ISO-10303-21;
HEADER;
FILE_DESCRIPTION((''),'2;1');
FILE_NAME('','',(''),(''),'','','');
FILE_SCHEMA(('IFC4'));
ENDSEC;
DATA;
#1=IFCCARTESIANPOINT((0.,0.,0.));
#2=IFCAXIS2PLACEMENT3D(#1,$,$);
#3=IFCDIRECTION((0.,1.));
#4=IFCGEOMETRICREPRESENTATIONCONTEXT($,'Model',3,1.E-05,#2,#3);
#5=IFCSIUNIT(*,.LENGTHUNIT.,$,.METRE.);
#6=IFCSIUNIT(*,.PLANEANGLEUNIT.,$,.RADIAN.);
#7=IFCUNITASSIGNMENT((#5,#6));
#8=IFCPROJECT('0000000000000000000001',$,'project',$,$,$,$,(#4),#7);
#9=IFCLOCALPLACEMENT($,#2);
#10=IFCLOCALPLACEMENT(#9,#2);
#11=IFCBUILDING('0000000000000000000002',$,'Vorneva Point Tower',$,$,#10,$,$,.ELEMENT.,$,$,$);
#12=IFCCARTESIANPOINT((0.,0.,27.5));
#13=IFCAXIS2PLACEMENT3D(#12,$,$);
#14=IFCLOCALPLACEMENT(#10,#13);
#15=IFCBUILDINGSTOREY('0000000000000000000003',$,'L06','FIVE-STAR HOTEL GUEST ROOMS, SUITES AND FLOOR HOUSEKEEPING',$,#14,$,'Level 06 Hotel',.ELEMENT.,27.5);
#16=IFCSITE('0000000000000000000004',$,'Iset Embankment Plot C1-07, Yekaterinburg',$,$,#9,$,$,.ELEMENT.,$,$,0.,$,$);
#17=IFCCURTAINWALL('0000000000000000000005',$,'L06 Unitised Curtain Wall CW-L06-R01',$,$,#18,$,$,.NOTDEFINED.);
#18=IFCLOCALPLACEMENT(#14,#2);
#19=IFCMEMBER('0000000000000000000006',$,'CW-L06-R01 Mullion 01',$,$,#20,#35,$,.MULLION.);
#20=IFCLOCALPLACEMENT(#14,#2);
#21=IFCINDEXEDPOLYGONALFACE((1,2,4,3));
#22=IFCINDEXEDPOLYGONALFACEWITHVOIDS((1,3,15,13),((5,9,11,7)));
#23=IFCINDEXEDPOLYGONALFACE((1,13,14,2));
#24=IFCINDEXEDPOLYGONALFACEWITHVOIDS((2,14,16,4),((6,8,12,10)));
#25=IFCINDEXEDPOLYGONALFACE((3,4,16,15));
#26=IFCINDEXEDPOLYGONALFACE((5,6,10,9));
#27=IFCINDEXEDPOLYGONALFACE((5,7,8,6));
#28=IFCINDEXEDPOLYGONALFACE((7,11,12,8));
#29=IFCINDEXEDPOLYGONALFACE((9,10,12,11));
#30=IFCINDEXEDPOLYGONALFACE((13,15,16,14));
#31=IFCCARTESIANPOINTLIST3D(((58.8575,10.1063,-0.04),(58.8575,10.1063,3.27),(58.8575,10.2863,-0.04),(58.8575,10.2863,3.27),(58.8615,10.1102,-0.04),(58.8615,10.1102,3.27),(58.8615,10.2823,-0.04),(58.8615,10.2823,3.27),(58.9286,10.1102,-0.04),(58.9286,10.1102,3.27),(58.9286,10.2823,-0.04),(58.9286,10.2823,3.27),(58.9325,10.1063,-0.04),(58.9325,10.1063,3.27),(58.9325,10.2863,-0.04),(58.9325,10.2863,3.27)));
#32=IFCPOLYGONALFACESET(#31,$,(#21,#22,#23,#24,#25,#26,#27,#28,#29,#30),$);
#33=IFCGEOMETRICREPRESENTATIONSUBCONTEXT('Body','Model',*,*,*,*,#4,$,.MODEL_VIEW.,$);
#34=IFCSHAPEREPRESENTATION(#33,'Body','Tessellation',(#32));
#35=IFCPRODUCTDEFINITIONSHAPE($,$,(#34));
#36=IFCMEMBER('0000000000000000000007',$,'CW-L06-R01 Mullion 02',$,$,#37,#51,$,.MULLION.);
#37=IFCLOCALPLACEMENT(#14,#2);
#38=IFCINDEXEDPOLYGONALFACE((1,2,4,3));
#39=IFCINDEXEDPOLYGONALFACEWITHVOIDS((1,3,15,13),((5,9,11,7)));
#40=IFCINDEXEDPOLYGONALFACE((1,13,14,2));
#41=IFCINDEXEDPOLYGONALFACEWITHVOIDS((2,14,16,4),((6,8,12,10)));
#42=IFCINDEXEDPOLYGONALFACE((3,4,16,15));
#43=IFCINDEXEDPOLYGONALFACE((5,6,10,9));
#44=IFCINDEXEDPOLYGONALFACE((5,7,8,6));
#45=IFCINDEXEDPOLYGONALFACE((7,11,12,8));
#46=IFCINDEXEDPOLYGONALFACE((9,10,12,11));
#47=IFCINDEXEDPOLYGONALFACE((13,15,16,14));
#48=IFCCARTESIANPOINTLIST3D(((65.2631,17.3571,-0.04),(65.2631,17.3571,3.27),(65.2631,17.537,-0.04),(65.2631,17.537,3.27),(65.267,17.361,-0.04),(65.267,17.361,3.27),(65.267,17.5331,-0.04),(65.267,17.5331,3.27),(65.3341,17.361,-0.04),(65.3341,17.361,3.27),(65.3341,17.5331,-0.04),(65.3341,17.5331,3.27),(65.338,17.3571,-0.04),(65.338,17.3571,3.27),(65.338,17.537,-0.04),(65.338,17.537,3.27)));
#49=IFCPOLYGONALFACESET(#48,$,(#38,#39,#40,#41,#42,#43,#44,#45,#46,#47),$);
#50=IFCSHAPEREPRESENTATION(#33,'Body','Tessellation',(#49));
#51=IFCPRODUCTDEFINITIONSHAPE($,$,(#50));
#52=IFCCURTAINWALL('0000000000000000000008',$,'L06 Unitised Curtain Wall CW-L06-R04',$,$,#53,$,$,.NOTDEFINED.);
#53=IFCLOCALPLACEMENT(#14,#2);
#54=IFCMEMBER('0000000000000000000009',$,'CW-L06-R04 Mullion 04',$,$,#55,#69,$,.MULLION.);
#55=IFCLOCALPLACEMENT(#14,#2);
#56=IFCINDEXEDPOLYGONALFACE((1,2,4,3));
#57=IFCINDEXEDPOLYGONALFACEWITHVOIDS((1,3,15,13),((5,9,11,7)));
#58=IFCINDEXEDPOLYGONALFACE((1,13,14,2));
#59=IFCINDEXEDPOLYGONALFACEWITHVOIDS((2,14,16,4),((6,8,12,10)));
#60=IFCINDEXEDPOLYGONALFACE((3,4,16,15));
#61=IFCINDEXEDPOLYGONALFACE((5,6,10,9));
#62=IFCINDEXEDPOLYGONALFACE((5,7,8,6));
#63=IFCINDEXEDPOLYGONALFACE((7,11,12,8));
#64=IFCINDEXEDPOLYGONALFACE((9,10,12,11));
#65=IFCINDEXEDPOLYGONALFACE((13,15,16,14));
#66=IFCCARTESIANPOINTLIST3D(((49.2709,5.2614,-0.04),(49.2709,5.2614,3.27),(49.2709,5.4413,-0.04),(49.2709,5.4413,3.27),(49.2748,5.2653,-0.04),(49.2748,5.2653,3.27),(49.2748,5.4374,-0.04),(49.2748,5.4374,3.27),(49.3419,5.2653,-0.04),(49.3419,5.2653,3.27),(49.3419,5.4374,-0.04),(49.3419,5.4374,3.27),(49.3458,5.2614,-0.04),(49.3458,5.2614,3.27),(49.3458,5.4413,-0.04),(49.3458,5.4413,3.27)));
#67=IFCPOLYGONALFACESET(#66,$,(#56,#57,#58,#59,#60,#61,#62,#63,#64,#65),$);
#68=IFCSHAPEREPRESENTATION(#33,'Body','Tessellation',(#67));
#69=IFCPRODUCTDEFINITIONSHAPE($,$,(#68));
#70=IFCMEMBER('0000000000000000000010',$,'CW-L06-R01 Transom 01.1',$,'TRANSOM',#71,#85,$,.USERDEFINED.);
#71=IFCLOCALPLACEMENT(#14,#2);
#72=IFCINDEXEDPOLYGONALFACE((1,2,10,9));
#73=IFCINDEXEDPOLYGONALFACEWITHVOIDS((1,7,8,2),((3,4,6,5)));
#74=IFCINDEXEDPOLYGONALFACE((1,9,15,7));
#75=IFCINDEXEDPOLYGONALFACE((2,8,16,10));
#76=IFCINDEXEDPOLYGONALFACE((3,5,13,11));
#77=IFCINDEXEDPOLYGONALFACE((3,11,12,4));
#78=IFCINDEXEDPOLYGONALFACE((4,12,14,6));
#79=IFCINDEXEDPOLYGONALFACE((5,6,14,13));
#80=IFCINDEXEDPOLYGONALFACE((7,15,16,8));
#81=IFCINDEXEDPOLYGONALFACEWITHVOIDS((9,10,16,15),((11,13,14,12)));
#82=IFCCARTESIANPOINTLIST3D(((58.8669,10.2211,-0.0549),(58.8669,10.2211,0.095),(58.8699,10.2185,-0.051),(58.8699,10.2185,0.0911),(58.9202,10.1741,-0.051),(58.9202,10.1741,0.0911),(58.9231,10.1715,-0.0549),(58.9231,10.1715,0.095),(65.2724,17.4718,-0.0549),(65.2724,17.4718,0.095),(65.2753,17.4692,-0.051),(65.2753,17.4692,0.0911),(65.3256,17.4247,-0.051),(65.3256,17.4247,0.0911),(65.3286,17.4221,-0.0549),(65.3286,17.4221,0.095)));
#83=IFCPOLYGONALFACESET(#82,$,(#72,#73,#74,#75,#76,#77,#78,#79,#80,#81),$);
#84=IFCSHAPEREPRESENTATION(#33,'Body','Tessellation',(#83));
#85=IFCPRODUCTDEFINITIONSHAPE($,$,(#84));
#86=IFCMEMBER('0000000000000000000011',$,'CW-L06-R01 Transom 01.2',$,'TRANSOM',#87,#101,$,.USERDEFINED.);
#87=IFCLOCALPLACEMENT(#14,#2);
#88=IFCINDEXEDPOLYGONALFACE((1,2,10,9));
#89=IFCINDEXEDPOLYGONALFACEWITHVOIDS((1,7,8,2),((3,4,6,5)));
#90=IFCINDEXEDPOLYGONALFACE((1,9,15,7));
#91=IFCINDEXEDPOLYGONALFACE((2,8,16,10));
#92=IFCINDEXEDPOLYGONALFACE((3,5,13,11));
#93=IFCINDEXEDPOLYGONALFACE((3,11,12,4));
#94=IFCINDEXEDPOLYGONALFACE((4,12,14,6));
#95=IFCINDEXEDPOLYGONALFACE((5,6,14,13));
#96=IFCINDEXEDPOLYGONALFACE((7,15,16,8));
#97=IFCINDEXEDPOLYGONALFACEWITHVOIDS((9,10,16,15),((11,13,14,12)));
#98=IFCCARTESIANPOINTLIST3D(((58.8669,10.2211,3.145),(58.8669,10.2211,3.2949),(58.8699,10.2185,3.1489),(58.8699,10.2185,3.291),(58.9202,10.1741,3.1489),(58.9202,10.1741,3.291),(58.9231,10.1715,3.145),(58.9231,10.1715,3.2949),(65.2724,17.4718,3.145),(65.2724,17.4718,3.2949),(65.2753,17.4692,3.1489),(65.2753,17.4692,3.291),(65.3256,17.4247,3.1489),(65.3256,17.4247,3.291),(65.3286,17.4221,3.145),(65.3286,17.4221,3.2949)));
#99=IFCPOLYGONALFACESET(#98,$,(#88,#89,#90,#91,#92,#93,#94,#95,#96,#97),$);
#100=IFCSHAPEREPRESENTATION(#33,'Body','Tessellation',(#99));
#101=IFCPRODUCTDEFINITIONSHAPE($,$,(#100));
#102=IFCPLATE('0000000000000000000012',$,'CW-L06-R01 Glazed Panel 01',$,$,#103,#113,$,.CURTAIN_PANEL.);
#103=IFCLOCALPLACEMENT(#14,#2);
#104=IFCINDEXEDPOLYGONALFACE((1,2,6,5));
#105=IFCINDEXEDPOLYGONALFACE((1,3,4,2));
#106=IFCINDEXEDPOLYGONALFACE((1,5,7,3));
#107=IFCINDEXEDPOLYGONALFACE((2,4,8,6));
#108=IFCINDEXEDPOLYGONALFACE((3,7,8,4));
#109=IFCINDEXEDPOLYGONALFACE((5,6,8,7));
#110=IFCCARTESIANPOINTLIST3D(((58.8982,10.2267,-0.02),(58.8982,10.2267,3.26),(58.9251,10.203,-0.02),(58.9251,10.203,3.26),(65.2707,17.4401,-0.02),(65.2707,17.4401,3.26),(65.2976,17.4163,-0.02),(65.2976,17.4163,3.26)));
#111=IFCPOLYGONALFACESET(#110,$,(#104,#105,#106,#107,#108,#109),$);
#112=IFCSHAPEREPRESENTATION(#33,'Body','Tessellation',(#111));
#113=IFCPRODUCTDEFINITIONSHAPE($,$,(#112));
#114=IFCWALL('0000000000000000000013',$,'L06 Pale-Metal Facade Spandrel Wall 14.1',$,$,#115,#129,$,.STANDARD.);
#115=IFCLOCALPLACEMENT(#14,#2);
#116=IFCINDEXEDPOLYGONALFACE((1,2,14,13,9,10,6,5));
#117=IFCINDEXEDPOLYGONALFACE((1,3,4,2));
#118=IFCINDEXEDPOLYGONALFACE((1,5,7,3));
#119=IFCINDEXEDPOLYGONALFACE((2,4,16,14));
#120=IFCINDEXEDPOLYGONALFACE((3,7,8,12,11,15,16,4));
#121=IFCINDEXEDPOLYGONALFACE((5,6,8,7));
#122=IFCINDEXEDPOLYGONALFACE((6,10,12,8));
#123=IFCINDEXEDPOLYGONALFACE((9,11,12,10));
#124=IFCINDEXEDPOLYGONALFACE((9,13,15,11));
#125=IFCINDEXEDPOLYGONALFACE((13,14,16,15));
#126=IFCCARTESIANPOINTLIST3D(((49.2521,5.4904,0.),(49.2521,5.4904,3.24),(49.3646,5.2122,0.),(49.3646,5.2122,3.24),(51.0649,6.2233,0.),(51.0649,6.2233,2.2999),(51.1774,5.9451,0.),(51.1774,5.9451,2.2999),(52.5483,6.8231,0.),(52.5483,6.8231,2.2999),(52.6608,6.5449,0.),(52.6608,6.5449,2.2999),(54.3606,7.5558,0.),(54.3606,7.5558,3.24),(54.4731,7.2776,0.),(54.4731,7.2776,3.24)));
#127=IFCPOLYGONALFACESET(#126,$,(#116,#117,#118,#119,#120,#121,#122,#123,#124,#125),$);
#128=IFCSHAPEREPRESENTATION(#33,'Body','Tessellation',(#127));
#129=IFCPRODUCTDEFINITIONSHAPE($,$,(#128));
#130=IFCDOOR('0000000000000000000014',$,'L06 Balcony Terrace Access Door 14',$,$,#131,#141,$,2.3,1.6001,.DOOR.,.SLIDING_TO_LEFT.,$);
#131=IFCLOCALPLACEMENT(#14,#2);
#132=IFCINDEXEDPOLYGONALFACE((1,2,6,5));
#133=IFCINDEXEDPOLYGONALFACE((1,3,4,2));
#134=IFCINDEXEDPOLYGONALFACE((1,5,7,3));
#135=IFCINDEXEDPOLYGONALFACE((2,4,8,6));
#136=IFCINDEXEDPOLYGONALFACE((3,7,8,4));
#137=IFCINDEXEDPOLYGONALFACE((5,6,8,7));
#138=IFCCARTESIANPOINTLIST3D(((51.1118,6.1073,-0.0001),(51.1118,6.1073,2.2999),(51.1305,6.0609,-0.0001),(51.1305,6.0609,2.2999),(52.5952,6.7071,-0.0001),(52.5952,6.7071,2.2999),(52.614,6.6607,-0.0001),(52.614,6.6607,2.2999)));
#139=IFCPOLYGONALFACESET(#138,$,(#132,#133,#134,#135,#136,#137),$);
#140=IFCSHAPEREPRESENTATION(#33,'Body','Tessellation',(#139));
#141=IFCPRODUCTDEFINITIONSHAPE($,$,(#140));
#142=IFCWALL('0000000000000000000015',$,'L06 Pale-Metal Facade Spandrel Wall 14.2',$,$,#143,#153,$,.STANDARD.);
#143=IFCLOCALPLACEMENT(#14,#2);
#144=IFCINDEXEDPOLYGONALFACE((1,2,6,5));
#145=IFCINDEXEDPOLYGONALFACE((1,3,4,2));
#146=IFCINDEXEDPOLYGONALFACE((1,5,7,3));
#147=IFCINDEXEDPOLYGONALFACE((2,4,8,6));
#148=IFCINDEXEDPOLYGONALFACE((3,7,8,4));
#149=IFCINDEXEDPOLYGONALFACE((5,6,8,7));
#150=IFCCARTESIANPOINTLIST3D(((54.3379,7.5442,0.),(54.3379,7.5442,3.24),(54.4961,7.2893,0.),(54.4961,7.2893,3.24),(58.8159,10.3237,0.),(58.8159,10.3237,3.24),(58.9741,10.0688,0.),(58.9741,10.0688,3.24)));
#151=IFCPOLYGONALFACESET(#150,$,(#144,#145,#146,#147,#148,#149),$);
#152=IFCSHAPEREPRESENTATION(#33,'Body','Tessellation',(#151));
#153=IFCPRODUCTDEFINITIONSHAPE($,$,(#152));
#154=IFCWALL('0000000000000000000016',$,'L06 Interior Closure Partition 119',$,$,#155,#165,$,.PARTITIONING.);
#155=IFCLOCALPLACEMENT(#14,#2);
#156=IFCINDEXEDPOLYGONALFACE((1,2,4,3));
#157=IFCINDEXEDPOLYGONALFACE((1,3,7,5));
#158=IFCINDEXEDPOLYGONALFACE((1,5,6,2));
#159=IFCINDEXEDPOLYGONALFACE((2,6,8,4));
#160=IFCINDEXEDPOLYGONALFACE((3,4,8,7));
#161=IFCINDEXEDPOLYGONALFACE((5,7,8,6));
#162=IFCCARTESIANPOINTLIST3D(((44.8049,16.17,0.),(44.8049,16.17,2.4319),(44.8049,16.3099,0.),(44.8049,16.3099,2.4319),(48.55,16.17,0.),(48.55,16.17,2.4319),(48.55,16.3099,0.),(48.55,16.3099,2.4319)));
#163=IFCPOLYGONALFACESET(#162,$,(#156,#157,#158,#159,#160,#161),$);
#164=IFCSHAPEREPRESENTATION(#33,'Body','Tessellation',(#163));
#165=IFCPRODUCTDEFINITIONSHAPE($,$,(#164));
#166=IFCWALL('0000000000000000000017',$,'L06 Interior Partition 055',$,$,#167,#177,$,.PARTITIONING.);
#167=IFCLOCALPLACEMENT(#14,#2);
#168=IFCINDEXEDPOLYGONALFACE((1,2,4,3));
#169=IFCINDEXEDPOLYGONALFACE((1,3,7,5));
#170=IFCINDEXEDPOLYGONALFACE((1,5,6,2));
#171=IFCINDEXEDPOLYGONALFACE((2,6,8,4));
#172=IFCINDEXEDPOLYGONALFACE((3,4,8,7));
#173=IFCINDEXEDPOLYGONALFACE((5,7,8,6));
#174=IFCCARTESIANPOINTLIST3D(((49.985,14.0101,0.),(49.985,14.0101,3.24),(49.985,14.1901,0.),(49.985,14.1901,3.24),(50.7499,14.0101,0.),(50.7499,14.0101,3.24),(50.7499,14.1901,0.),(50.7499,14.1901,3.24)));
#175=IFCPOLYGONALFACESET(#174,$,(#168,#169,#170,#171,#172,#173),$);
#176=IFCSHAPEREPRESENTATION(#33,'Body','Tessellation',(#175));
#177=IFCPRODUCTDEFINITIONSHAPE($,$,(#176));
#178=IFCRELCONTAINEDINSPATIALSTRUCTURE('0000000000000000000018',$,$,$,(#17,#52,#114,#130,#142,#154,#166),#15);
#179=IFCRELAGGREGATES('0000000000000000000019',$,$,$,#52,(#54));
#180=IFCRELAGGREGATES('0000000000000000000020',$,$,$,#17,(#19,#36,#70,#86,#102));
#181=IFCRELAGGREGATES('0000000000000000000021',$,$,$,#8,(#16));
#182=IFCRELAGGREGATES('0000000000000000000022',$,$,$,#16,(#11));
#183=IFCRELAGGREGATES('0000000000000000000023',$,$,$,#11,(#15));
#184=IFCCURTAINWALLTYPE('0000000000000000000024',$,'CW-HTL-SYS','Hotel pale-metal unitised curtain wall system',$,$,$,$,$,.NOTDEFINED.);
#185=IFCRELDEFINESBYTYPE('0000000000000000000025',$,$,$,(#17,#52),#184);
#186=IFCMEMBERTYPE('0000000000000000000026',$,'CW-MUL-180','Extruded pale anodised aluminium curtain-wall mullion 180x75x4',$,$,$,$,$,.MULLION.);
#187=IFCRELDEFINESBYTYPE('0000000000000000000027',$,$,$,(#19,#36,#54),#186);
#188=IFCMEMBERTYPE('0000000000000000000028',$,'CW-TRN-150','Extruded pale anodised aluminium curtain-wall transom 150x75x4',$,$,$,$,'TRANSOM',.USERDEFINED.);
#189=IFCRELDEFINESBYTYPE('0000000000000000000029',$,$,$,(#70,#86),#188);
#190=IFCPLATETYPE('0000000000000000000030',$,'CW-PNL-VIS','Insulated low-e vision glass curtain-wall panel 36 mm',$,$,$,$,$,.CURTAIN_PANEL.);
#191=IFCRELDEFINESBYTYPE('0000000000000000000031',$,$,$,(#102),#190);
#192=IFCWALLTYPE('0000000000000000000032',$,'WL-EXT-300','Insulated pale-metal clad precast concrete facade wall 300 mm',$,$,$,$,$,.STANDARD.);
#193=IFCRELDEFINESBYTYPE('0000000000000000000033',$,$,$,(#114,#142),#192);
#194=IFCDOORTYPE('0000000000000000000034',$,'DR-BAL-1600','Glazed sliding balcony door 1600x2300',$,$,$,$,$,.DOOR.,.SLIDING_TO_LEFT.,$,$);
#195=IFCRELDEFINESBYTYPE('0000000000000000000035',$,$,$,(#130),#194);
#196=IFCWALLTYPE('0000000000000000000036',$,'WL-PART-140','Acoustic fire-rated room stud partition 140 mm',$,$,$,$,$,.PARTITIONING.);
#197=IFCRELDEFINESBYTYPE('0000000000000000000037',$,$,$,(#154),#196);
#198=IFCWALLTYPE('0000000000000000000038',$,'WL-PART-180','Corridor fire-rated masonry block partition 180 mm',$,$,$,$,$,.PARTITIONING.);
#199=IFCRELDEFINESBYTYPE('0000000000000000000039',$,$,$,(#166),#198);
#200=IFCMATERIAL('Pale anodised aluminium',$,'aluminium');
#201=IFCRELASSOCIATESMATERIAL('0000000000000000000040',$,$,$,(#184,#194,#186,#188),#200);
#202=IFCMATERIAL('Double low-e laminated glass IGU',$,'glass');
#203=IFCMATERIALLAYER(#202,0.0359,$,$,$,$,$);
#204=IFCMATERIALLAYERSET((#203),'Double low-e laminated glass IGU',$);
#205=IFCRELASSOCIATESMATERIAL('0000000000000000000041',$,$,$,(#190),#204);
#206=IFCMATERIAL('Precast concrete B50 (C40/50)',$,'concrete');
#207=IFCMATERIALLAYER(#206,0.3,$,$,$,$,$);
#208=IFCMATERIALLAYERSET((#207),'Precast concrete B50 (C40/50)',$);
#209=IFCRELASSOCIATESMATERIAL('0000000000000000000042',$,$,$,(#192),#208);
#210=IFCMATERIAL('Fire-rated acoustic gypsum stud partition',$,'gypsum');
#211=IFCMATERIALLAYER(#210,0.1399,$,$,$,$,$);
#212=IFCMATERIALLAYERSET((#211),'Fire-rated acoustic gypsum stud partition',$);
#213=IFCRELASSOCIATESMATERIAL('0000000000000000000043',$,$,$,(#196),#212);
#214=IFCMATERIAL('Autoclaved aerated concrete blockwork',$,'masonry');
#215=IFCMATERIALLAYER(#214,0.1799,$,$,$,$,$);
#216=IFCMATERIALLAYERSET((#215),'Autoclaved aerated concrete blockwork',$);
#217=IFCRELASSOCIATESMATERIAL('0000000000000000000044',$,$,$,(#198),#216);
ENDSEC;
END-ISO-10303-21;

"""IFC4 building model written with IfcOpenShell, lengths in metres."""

from ifc_helpers import new_model, si_unit, direction, frame, frame_2d, origin, origin_2d, place, context, subcontext, project, spatial, rectangle, hollow_rectangle, extrude, material, layer, layer_set, material_profile, profile_set, type_object, element, fill, aggregate, save


model = new_model("IFC4")

# Units and contexts
model_context = context("Model", 3, precision=1e-05, world=origin(), true_north=direction((0.0, 1.0)))
body_context = subcontext(model_context, "Body", "Model", "MODEL_VIEW")
ifc_project = project(units=[si_unit("LENGTHUNIT", "METRE"), si_unit("PLANEANGLEUNIT", "RADIAN")], contexts=[model_context])

# Site, building, storey
site_placement = place(None, origin())
site = spatial("IfcSite", under=ifc_project, at=site_placement, Name="Iset Embankment Plot C1-07, Yekaterinburg", CompositionType="ELEMENT", RefElevation=0.0)
building_placement = place(site_placement, origin())
building = spatial("IfcBuilding", under=site, at=building_placement, Name="Vorneva Point Tower", CompositionType="ELEMENT")
storey_placement = place(building_placement, frame((0.0, 0.0, 27.5)))
storey = spatial("IfcBuildingStorey", under=building, at=storey_placement, Name="L06", Description="FIVE-STAR HOTEL GUEST ROOMS, SUITES AND FLOOR HOUSEKEEPING", LongName="Level 06 Hotel", CompositionType="ELEMENT", Elevation=27.5)

# Curtain wall, members
ifc_material_1 = material(Name="Pale anodised aluminium", Category="aluminium")
curtain_wall_type = type_object("IfcCurtainWallType", Name="CW-HTL-SYS", Description="Hotel pale-metal unitised curtain wall system", PredefinedType="NOTDEFINED", material=ifc_material_1)
curtain_wall_1_placement = place(storey_placement, origin())
curtain_wall_1 = element("IfcCurtainWall", 1, at=curtain_wall_1_placement, inside=storey, type_object=curtain_wall_type, Name="L06 Unitised Curtain Wall CW-L06-R01", PredefinedType="NOTDEFINED")
ifc_material_profile_1 = material_profile(ifc_material_1, hollow_rectangle(XDim=0.075, YDim=0.1799, WallThickness=0.0039, at=origin_2d()), Name="AL-MUL 180x75x4")
ifc_profile_set_1 = profile_set([ifc_material_profile_1], Name="Pale anodised aluminium")
member_type_1 = type_object("IfcMemberType", Name="CW-MUL-180", Description="Extruded pale anodised aluminium curtain-wall mullion 180x75x4", PredefinedType="MULLION", material=ifc_profile_set_1)
member_1_placement = place(storey_placement, frame((58.895, 10.1963, -0.04), z_axis=(0.0, 0.0, 1.0), x_axis=(1.0, 0.0, 0.0)))
member_1 = element("IfcMember", 2, at=member_1_placement, type_object=member_type_1, Name="CW-L06-R01 Mullion 01", PredefinedType="MULLION", context=body_context, shape_type="SweptSolid", body=[
    extrude(hollow_rectangle(XDim=0.075, YDim=0.1799, WallThickness=0.0039, at=origin_2d()), origin(), (0.0, 0.0, 1.0), 3.3101),
])
member_2_placement = place(storey_placement, frame((65.3005, 17.447, -0.04), z_axis=(0.0, 0.0, 1.0), x_axis=(1.0, 0.0, 0.0)))
member_2 = element("IfcMember", 3, at=member_2_placement, type_object=member_type_1, Name="CW-L06-R01 Mullion 02", PredefinedType="MULLION", context=body_context, shape_type="SweptSolid", body=[
    extrude(hollow_rectangle(XDim=0.075, YDim=0.1799, WallThickness=0.0039, at=origin_2d()), origin(), (0.0, 0.0, 1.0), 3.3101),
])

# Curtain wall, member
curtain_wall_2_placement = place(storey_placement, origin())
curtain_wall_2 = element("IfcCurtainWall", 4, at=curtain_wall_2_placement, inside=storey, type_object=curtain_wall_type, Name="L06 Unitised Curtain Wall CW-L06-R04", PredefinedType="NOTDEFINED")
member_3_placement = place(storey_placement, frame((49.3083, 5.3513, -0.04), z_axis=(0.0, 0.0, 1.0), x_axis=(1.0, 0.0, 0.0)))
member_3 = element("IfcMember", 5, at=member_3_placement, type_object=member_type_1, Name="CW-L06-R04 Mullion 04", PredefinedType="MULLION", context=body_context, shape_type="SweptSolid", body=[
    extrude(hollow_rectangle(XDim=0.075, YDim=0.1799, WallThickness=0.0039, at=origin_2d()), origin(), (0.0, 0.0, 1.0), 3.3101),
])
aggregate(curtain_wall_2, [member_3])

# Members
ifc_material_profile_2 = material_profile(ifc_material_1, hollow_rectangle(XDim=0.075, YDim=0.1499, WallThickness=0.0039, at=origin_2d()), Name="AL-TRN 150x75x4")
ifc_profile_set_2 = profile_set([ifc_material_profile_2], Name="Pale anodised aluminium")
member_type_2 = type_object("IfcMemberType", Name="CW-TRN-150", Description="Extruded pale anodised aluminium curtain-wall transom 150x75x4", ElementType="TRANSOM", PredefinedType="USERDEFINED", material=ifc_profile_set_2)
member_4_placement = place(storey_placement, frame((58.895, 10.1963, 0.02), z_axis=(0.662076, 0.749437, 0.0), x_axis=(-0.749437, 0.662076, 0.0)))
member_4 = element("IfcMember", 6, at=member_4_placement, type_object=member_type_2, Name="CW-L06-R01 Transom 01.1", ObjectType="TRANSOM", PredefinedType="USERDEFINED", context=body_context, shape_type="SweptSolid", body=[
    extrude(hollow_rectangle(XDim=0.075, YDim=0.1499, WallThickness=0.0039, at=origin_2d()), origin(), (0.0, 0.0, 1.0), 9.6748),
])
member_5_placement = place(storey_placement, frame((58.895, 10.1963, 3.22), z_axis=(0.662076, 0.749437, 0.0), x_axis=(-0.749437, 0.662076, 0.0)))
member_5 = element("IfcMember", 7, at=member_5_placement, type_object=member_type_2, Name="CW-L06-R01 Transom 01.2", ObjectType="TRANSOM", PredefinedType="USERDEFINED", context=body_context, shape_type="SweptSolid", body=[
    extrude(hollow_rectangle(XDim=0.075, YDim=0.1499, WallThickness=0.0039, at=origin_2d()), origin(), (0.0, 0.0, 1.0), 9.6748),
])

# Plate
ifc_material_2 = material(Name="Double low-e laminated glass IGU", Category="glass")
ifc_layer_1 = layer(ifc_material_2, 0.0359)
ifc_layer_set_1 = layer_set([ifc_layer_1], Name="Double low-e laminated glass IGU")
plate_type = type_object("IfcPlateType", Name="CW-PNL-VIS", Description="Insulated low-e vision glass curtain-wall panel 36 mm", PredefinedType="CURTAIN_PANEL", material=ifc_layer_set_1)
plate_placement = place(storey_placement, frame((62.0979, 13.8215, -0.02), z_axis=(0.0, 0.0, 1.0), x_axis=(0.662071, 0.749441, 0.0)))
plate = element("IfcPlate", 8, at=plate_placement, type_object=plate_type, Name="CW-L06-R01 Glazed Panel 01", PredefinedType="CURTAIN_PANEL", context=body_context, shape_type="SweptSolid", body=[
    extrude(rectangle(XDim=9.625, YDim=0.0359, at=origin_2d()), origin(), (0.0, 0.0, 1.0), 3.28),
])
aggregate(curtain_wall_1, [member_1, member_2, member_4, member_5, plate])

# Wall, opening, door
ifc_material_3 = material(Name="Precast concrete B50 (C40/50)", Category="concrete")
ifc_layer_2 = layer(ifc_material_3, 0.3)
ifc_layer_set_2 = layer_set([ifc_layer_2], Name="Precast concrete B50 (C40/50)")
wall_type_1 = type_object("IfcWallType", Name="WL-EXT-300", Description="Insulated pale-metal clad precast concrete facade wall 300 mm", PredefinedType="STANDARD", material=ifc_layer_set_2)
wall_1_placement = place(storey_placement, frame((49.3083, 5.3513, 0.0), z_axis=(0.0, 0.0, 1.0), x_axis=(0.927095, 0.374826, 0.0)))
wall_1 = element("IfcWall", 9, at=wall_1_placement, inside=storey, type_object=wall_type_1, Name="L06 Pale-Metal Facade Spandrel Wall 14.1", PredefinedType="STANDARD", context=body_context, shape_type="SweptSolid", body=[
    extrude(rectangle(XDim=5.5103, YDim=0.3, at=frame_2d((2.7551, 0.0))), origin(), (0.0, 0.0, 1.0), 3.24),
])
opening_1_placement = place(wall_1_placement, frame((1.9553, 0.0, 0.0)))
opening_1 = element("IfcOpeningElement", 10, at=opening_1_placement, cuts=wall_1, PredefinedType="OPENING", context=body_context, shape_type="SweptSolid", body=[
    extrude(rectangle(XDim=1.6001, YDim=2.3, at=frame_2d((0.8, 1.1499))), frame((0.0, 0.165, 0.0), z_axis=(0.0, -1.0, 0.0), x_axis=(1.0, 0.0, 0.0)), (0.0, 0.0, 1.0), 0.3298),
])
door_type_1 = type_object("IfcDoorType", Name="DR-BAL-1600", Description="Glazed sliding balcony door 1600x2300", OperationType="SLIDING_TO_LEFT", PredefinedType="DOOR", material=ifc_material_1)
door_1_placement = place(opening_1_placement, origin())
door_1 = element("IfcDoor", 11, at=door_1_placement, inside=storey, type_object=door_type_1, Name="L06 Balcony Terrace Access Door 14", OperationType="SLIDING_TO_LEFT", OverallHeight=2.3, OverallWidth=1.6001, PredefinedType="DOOR", context=body_context, shape_type="SweptSolid", body=[
    extrude(rectangle(XDim=1.6001, YDim=2.3, at=frame_2d((0.8, 1.1499))), frame((0.0, 0.0249, 0.0), z_axis=(0.0, -1.0, 0.0), x_axis=(1.0, 0.0, 0.0)), (0.0, 0.0, 1.0), 0.05),
])
fill(opening_1, door_1)

# Walls
wall_2_placement = place(storey_placement, frame((54.417, 7.4167, 0.0), z_axis=(0.0, 0.0, 1.0), x_axis=(0.849634, 0.527373, 0.0)))
element("IfcWall", 12, at=wall_2_placement, inside=storey, type_object=wall_type_1, Name="L06 Pale-Metal Facade Spandrel Wall 14.2", PredefinedType="STANDARD", context=body_context, shape_type="SweptSolid", body=[
    extrude(rectangle(XDim=5.2705, YDim=0.3, at=frame_2d((2.6353, 0.0))), origin(), (0.0, 0.0, 1.0), 3.24),
])
ifc_material_4 = material(Name="Fire-rated acoustic gypsum stud partition", Category="gypsum")
ifc_layer_3 = layer(ifc_material_4, 0.1399)
ifc_layer_set_3 = layer_set([ifc_layer_3], Name="Fire-rated acoustic gypsum stud partition")
wall_type_2 = type_object("IfcWallType", Name="WL-PART-140", Description="Acoustic fire-rated room stud partition 140 mm", PredefinedType="PARTITIONING", material=ifc_layer_set_3)
wall_3_placement = place(storey_placement, frame((48.55, 16.24, 0.0), z_axis=(0.0, 0.0, 1.0), x_axis=(-1.0, 0.0, 0.0)))
element("IfcWall", 13, at=wall_3_placement, inside=storey, type_object=wall_type_2, Name="L06 Interior Closure Partition 119", PredefinedType="PARTITIONING", context=body_context, shape_type="SweptSolid", body=[
    extrude(rectangle(XDim=3.7451, YDim=0.1399, at=frame_2d((1.8726, 0.0))), origin(), (0.0, 0.0, 1.0), 2.4319),
])
ifc_material_5 = material(Name="Autoclaved aerated concrete blockwork", Category="masonry")
ifc_layer_4 = layer(ifc_material_5, 0.1799)
ifc_layer_set_4 = layer_set([ifc_layer_4], Name="Autoclaved aerated concrete blockwork")
wall_type_3 = type_object("IfcWallType", Name="WL-PART-180", Description="Corridor fire-rated masonry block partition 180 mm", PredefinedType="PARTITIONING", material=ifc_layer_set_4)
wall_4_placement = place(storey_placement, frame((49.9851, 14.1001, 0.0), z_axis=(0.0, 0.0, 1.0), x_axis=(1.0, 0.0, 0.0)))
element("IfcWall", 14, at=wall_4_placement, inside=storey, type_object=wall_type_3, Name="L06 Interior Partition 055", PredefinedType="PARTITIONING", context=body_context, shape_type="SweptSolid", body=[
    extrude(rectangle(XDim=0.7649, YDim=0.1799, at=frame_2d((0.3823, 0.0))), origin(), (0.0, 0.0, 1.0), 3.24),
])

save(model, "model.ifc")
